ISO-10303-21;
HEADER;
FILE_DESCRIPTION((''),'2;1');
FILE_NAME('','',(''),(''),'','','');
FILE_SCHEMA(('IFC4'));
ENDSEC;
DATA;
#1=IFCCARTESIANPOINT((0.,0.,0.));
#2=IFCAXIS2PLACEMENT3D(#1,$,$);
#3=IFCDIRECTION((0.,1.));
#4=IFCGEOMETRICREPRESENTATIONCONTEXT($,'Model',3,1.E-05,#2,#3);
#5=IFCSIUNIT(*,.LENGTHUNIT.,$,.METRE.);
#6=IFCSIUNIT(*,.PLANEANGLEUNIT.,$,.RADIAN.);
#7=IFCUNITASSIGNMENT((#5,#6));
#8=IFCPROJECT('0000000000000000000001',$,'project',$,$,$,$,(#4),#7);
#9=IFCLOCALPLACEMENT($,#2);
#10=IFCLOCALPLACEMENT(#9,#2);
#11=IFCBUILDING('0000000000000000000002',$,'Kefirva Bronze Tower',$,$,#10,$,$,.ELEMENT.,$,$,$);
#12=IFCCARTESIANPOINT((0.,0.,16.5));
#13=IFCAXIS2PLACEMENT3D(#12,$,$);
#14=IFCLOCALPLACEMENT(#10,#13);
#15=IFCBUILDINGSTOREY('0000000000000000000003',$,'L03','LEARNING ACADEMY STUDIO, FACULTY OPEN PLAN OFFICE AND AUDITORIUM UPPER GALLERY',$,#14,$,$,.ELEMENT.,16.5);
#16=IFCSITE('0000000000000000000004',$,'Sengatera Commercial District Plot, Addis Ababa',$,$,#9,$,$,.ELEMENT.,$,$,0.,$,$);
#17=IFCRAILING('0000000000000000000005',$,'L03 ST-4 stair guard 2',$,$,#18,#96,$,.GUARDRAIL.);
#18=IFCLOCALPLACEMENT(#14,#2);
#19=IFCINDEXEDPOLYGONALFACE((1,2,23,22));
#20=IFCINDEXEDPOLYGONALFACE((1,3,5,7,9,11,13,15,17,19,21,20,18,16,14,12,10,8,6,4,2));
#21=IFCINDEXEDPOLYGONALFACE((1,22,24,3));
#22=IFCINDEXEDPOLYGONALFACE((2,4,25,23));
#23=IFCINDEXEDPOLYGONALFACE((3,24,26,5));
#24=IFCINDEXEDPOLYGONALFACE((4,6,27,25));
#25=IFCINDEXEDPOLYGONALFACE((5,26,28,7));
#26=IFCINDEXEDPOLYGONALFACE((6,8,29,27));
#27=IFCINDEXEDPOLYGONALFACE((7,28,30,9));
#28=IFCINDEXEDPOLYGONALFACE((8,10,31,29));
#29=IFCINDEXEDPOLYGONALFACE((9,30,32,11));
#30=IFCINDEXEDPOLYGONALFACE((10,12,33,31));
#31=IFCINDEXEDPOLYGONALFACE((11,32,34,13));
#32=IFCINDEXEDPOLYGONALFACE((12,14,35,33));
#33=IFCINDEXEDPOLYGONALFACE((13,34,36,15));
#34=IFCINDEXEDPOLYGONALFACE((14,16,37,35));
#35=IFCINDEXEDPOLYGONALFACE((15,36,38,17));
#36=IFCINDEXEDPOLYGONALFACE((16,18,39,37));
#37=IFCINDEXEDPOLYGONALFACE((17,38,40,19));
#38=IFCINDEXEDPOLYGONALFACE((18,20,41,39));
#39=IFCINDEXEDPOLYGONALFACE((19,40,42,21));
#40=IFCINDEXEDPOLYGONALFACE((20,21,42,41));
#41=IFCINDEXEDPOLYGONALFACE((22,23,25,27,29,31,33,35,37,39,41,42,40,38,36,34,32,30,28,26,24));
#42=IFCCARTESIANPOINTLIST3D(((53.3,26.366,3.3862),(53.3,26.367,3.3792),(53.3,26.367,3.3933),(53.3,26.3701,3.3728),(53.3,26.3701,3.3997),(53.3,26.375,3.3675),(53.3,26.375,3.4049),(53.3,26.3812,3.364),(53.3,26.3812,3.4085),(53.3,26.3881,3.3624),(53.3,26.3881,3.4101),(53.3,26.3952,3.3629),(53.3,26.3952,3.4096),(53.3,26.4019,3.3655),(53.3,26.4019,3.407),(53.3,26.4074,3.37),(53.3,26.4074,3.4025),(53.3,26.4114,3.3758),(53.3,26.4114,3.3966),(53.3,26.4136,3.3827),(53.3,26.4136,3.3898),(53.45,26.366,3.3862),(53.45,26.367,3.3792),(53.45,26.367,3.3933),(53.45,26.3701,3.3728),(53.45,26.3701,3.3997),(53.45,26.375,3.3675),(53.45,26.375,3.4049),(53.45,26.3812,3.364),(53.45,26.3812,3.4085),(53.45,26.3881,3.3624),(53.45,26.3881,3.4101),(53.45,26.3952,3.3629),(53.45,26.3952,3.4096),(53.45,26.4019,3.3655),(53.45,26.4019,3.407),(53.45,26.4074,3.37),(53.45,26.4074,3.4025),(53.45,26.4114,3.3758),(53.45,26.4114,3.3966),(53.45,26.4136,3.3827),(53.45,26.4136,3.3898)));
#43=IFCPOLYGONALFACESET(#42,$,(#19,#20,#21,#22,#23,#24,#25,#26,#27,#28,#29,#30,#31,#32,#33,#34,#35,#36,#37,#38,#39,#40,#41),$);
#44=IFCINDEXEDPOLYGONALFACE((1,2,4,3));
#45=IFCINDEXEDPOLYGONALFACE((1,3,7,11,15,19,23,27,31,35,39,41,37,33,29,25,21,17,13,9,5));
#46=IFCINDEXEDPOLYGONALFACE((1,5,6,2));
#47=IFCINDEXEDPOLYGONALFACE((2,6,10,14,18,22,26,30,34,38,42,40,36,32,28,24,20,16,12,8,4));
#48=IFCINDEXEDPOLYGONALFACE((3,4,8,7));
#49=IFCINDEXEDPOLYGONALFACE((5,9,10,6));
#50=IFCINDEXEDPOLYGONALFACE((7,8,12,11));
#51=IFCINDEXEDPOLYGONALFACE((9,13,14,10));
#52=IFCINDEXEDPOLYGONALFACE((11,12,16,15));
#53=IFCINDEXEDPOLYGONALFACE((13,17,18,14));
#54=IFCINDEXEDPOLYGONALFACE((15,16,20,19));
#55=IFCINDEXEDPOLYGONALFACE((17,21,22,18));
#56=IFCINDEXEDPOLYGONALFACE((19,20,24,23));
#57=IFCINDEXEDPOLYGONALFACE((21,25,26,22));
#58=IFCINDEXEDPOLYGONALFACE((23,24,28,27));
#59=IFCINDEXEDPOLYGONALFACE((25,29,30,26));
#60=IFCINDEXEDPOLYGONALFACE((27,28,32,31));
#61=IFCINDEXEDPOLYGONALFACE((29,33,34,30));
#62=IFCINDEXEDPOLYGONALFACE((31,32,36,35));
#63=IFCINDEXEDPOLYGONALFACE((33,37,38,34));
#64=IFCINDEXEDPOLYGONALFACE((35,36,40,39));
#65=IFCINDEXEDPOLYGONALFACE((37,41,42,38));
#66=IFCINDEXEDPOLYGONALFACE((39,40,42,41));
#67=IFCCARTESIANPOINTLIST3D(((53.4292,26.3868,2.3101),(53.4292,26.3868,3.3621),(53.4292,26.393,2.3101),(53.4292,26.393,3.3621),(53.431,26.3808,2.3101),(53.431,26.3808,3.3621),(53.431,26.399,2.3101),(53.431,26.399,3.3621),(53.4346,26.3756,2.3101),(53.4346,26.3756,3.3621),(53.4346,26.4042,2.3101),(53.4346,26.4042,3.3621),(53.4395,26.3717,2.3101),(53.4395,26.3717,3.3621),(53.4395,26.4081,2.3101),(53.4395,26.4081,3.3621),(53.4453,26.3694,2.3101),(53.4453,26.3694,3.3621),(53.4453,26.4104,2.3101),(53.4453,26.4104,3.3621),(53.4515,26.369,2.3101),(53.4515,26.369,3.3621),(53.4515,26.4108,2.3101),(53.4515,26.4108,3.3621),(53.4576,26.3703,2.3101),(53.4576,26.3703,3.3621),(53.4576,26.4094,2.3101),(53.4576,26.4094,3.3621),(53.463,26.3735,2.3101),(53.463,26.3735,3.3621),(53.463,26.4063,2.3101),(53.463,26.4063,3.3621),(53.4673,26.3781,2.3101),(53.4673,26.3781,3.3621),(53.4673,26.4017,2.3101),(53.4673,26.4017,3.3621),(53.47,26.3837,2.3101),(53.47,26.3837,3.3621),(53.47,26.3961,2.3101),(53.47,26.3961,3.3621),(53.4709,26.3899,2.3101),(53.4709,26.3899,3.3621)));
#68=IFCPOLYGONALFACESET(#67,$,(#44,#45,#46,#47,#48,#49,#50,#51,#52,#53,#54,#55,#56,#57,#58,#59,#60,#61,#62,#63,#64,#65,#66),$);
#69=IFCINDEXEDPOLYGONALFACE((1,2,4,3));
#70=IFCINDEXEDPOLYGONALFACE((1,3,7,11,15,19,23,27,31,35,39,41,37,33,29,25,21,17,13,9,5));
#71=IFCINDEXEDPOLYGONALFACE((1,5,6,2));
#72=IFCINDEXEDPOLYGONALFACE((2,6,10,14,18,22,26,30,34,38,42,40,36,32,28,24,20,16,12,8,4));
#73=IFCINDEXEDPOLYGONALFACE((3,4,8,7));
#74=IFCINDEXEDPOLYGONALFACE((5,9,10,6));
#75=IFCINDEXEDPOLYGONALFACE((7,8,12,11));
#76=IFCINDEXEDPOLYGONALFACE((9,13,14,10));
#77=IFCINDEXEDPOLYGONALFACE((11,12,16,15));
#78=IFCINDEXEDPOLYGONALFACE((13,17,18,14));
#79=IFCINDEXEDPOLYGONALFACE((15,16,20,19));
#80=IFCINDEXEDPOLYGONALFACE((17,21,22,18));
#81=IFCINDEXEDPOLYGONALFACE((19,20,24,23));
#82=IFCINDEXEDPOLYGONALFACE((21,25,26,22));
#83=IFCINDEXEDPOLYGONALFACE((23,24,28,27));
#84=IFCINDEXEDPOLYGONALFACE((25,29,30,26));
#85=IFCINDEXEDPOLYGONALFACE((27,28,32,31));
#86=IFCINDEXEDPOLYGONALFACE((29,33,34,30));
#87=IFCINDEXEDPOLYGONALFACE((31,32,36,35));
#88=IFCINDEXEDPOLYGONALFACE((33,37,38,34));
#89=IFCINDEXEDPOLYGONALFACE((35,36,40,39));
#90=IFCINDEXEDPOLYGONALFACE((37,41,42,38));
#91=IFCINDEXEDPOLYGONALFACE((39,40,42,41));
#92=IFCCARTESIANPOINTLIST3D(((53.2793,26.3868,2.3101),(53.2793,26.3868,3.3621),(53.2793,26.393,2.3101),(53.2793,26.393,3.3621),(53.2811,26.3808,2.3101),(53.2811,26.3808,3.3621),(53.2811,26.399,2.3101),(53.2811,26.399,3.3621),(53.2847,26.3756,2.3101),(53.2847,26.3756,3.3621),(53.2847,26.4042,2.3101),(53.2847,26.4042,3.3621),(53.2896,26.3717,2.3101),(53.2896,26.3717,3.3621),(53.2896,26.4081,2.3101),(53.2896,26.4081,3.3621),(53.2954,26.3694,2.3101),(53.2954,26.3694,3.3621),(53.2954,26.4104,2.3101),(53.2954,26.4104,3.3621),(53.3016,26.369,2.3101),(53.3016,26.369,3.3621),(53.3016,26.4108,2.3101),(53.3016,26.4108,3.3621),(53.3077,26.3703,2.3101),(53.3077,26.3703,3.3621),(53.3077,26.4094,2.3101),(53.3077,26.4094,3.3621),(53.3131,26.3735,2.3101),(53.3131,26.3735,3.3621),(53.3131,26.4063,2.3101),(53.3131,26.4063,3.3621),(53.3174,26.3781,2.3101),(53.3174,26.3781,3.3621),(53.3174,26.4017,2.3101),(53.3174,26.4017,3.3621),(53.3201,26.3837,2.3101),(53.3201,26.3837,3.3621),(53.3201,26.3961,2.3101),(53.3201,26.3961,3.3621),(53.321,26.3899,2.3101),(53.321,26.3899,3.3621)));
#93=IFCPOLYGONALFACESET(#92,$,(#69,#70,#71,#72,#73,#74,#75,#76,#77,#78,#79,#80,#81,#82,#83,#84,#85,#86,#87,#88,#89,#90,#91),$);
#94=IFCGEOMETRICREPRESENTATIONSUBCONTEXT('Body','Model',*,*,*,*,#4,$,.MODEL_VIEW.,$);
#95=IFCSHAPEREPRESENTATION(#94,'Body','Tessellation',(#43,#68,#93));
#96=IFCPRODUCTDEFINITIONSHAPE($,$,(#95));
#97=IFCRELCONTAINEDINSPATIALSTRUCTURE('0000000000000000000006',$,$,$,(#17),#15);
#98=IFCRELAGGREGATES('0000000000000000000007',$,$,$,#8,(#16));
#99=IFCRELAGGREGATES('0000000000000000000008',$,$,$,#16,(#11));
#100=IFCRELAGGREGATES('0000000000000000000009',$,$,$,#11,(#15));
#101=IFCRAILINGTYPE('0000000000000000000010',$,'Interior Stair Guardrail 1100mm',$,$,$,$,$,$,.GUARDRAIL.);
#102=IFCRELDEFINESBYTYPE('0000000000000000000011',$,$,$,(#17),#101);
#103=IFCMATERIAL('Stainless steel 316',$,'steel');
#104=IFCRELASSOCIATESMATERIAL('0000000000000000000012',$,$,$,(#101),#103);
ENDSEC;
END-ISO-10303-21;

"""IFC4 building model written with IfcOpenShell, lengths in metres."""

from ifc_helpers import new_model, si_unit, direction, frame, origin, origin_2d, place, context, subcontext, project, spatial, circle, extrude, material, type_object, element, save


model = new_model("IFC4")

# Units and contexts
model_context = context("Model", 3, precision=1e-05, world=origin(), true_north=direction((0.0, 1.0)))
body_context = subcontext(model_context, "Body", "Model", "MODEL_VIEW")
ifc_project = project(units=[si_unit("LENGTHUNIT", "METRE"), si_unit("PLANEANGLEUNIT", "RADIAN")], contexts=[model_context])

# Site, building, storey
site_placement = place(None, origin())
site = spatial("IfcSite", under=ifc_project, at=site_placement, Name="Sengatera Commercial District Plot, Addis Ababa", CompositionType="ELEMENT", RefElevation=0.0)
building_placement = place(site_placement, origin())
building = spatial("IfcBuilding", under=site, at=building_placement, Name="Kefirva Bronze Tower", CompositionType="ELEMENT")
storey_placement = place(building_placement, frame((0.0, 0.0, 16.5)))
storey = spatial("IfcBuildingStorey", under=building, at=storey_placement, Name="L03", Description="LEARNING ACADEMY STUDIO, FACULTY OPEN PLAN OFFICE AND AUDITORIUM UPPER GALLERY", CompositionType="ELEMENT", Elevation=16.5)

# Railing
ifc_material_1 = material(Name="Stainless steel 316", Category="steel")
railing_type_1 = type_object("IfcRailingType", Name="Interior Stair Guardrail 1100mm", PredefinedType="GUARDRAIL", material=ifc_material_1)
railing_1_placement = place(storey_placement, frame((53.45, 26.3899, 2.3101)))
element("IfcRailing", 1, at=railing_1_placement, inside=storey, type_object=railing_type_1, Name="L03 ST-4 stair guard 2", PredefinedType="GUARDRAIL", context=body_context, shape_type="SweptSolid", body=[
    extrude(circle(Radius=0.0239, at=origin_2d()), frame((0.0, 0.0, 1.0762), z_axis=(-1.0, 0.0, 0.0), x_axis=(0.0, -1.0, 0.0)), (0.0, 0.0, 1.0), 0.1499),
    extrude(circle(Radius=0.021, at=origin_2d()), origin(), (0.0, 0.0, 1.0), 1.052),
    extrude(circle(Radius=0.021, at=origin_2d()), frame((-0.1499, 0.0, 0.0)), (0.0, 0.0, 1.0), 1.052),
])

save(model, "model.ifc")
